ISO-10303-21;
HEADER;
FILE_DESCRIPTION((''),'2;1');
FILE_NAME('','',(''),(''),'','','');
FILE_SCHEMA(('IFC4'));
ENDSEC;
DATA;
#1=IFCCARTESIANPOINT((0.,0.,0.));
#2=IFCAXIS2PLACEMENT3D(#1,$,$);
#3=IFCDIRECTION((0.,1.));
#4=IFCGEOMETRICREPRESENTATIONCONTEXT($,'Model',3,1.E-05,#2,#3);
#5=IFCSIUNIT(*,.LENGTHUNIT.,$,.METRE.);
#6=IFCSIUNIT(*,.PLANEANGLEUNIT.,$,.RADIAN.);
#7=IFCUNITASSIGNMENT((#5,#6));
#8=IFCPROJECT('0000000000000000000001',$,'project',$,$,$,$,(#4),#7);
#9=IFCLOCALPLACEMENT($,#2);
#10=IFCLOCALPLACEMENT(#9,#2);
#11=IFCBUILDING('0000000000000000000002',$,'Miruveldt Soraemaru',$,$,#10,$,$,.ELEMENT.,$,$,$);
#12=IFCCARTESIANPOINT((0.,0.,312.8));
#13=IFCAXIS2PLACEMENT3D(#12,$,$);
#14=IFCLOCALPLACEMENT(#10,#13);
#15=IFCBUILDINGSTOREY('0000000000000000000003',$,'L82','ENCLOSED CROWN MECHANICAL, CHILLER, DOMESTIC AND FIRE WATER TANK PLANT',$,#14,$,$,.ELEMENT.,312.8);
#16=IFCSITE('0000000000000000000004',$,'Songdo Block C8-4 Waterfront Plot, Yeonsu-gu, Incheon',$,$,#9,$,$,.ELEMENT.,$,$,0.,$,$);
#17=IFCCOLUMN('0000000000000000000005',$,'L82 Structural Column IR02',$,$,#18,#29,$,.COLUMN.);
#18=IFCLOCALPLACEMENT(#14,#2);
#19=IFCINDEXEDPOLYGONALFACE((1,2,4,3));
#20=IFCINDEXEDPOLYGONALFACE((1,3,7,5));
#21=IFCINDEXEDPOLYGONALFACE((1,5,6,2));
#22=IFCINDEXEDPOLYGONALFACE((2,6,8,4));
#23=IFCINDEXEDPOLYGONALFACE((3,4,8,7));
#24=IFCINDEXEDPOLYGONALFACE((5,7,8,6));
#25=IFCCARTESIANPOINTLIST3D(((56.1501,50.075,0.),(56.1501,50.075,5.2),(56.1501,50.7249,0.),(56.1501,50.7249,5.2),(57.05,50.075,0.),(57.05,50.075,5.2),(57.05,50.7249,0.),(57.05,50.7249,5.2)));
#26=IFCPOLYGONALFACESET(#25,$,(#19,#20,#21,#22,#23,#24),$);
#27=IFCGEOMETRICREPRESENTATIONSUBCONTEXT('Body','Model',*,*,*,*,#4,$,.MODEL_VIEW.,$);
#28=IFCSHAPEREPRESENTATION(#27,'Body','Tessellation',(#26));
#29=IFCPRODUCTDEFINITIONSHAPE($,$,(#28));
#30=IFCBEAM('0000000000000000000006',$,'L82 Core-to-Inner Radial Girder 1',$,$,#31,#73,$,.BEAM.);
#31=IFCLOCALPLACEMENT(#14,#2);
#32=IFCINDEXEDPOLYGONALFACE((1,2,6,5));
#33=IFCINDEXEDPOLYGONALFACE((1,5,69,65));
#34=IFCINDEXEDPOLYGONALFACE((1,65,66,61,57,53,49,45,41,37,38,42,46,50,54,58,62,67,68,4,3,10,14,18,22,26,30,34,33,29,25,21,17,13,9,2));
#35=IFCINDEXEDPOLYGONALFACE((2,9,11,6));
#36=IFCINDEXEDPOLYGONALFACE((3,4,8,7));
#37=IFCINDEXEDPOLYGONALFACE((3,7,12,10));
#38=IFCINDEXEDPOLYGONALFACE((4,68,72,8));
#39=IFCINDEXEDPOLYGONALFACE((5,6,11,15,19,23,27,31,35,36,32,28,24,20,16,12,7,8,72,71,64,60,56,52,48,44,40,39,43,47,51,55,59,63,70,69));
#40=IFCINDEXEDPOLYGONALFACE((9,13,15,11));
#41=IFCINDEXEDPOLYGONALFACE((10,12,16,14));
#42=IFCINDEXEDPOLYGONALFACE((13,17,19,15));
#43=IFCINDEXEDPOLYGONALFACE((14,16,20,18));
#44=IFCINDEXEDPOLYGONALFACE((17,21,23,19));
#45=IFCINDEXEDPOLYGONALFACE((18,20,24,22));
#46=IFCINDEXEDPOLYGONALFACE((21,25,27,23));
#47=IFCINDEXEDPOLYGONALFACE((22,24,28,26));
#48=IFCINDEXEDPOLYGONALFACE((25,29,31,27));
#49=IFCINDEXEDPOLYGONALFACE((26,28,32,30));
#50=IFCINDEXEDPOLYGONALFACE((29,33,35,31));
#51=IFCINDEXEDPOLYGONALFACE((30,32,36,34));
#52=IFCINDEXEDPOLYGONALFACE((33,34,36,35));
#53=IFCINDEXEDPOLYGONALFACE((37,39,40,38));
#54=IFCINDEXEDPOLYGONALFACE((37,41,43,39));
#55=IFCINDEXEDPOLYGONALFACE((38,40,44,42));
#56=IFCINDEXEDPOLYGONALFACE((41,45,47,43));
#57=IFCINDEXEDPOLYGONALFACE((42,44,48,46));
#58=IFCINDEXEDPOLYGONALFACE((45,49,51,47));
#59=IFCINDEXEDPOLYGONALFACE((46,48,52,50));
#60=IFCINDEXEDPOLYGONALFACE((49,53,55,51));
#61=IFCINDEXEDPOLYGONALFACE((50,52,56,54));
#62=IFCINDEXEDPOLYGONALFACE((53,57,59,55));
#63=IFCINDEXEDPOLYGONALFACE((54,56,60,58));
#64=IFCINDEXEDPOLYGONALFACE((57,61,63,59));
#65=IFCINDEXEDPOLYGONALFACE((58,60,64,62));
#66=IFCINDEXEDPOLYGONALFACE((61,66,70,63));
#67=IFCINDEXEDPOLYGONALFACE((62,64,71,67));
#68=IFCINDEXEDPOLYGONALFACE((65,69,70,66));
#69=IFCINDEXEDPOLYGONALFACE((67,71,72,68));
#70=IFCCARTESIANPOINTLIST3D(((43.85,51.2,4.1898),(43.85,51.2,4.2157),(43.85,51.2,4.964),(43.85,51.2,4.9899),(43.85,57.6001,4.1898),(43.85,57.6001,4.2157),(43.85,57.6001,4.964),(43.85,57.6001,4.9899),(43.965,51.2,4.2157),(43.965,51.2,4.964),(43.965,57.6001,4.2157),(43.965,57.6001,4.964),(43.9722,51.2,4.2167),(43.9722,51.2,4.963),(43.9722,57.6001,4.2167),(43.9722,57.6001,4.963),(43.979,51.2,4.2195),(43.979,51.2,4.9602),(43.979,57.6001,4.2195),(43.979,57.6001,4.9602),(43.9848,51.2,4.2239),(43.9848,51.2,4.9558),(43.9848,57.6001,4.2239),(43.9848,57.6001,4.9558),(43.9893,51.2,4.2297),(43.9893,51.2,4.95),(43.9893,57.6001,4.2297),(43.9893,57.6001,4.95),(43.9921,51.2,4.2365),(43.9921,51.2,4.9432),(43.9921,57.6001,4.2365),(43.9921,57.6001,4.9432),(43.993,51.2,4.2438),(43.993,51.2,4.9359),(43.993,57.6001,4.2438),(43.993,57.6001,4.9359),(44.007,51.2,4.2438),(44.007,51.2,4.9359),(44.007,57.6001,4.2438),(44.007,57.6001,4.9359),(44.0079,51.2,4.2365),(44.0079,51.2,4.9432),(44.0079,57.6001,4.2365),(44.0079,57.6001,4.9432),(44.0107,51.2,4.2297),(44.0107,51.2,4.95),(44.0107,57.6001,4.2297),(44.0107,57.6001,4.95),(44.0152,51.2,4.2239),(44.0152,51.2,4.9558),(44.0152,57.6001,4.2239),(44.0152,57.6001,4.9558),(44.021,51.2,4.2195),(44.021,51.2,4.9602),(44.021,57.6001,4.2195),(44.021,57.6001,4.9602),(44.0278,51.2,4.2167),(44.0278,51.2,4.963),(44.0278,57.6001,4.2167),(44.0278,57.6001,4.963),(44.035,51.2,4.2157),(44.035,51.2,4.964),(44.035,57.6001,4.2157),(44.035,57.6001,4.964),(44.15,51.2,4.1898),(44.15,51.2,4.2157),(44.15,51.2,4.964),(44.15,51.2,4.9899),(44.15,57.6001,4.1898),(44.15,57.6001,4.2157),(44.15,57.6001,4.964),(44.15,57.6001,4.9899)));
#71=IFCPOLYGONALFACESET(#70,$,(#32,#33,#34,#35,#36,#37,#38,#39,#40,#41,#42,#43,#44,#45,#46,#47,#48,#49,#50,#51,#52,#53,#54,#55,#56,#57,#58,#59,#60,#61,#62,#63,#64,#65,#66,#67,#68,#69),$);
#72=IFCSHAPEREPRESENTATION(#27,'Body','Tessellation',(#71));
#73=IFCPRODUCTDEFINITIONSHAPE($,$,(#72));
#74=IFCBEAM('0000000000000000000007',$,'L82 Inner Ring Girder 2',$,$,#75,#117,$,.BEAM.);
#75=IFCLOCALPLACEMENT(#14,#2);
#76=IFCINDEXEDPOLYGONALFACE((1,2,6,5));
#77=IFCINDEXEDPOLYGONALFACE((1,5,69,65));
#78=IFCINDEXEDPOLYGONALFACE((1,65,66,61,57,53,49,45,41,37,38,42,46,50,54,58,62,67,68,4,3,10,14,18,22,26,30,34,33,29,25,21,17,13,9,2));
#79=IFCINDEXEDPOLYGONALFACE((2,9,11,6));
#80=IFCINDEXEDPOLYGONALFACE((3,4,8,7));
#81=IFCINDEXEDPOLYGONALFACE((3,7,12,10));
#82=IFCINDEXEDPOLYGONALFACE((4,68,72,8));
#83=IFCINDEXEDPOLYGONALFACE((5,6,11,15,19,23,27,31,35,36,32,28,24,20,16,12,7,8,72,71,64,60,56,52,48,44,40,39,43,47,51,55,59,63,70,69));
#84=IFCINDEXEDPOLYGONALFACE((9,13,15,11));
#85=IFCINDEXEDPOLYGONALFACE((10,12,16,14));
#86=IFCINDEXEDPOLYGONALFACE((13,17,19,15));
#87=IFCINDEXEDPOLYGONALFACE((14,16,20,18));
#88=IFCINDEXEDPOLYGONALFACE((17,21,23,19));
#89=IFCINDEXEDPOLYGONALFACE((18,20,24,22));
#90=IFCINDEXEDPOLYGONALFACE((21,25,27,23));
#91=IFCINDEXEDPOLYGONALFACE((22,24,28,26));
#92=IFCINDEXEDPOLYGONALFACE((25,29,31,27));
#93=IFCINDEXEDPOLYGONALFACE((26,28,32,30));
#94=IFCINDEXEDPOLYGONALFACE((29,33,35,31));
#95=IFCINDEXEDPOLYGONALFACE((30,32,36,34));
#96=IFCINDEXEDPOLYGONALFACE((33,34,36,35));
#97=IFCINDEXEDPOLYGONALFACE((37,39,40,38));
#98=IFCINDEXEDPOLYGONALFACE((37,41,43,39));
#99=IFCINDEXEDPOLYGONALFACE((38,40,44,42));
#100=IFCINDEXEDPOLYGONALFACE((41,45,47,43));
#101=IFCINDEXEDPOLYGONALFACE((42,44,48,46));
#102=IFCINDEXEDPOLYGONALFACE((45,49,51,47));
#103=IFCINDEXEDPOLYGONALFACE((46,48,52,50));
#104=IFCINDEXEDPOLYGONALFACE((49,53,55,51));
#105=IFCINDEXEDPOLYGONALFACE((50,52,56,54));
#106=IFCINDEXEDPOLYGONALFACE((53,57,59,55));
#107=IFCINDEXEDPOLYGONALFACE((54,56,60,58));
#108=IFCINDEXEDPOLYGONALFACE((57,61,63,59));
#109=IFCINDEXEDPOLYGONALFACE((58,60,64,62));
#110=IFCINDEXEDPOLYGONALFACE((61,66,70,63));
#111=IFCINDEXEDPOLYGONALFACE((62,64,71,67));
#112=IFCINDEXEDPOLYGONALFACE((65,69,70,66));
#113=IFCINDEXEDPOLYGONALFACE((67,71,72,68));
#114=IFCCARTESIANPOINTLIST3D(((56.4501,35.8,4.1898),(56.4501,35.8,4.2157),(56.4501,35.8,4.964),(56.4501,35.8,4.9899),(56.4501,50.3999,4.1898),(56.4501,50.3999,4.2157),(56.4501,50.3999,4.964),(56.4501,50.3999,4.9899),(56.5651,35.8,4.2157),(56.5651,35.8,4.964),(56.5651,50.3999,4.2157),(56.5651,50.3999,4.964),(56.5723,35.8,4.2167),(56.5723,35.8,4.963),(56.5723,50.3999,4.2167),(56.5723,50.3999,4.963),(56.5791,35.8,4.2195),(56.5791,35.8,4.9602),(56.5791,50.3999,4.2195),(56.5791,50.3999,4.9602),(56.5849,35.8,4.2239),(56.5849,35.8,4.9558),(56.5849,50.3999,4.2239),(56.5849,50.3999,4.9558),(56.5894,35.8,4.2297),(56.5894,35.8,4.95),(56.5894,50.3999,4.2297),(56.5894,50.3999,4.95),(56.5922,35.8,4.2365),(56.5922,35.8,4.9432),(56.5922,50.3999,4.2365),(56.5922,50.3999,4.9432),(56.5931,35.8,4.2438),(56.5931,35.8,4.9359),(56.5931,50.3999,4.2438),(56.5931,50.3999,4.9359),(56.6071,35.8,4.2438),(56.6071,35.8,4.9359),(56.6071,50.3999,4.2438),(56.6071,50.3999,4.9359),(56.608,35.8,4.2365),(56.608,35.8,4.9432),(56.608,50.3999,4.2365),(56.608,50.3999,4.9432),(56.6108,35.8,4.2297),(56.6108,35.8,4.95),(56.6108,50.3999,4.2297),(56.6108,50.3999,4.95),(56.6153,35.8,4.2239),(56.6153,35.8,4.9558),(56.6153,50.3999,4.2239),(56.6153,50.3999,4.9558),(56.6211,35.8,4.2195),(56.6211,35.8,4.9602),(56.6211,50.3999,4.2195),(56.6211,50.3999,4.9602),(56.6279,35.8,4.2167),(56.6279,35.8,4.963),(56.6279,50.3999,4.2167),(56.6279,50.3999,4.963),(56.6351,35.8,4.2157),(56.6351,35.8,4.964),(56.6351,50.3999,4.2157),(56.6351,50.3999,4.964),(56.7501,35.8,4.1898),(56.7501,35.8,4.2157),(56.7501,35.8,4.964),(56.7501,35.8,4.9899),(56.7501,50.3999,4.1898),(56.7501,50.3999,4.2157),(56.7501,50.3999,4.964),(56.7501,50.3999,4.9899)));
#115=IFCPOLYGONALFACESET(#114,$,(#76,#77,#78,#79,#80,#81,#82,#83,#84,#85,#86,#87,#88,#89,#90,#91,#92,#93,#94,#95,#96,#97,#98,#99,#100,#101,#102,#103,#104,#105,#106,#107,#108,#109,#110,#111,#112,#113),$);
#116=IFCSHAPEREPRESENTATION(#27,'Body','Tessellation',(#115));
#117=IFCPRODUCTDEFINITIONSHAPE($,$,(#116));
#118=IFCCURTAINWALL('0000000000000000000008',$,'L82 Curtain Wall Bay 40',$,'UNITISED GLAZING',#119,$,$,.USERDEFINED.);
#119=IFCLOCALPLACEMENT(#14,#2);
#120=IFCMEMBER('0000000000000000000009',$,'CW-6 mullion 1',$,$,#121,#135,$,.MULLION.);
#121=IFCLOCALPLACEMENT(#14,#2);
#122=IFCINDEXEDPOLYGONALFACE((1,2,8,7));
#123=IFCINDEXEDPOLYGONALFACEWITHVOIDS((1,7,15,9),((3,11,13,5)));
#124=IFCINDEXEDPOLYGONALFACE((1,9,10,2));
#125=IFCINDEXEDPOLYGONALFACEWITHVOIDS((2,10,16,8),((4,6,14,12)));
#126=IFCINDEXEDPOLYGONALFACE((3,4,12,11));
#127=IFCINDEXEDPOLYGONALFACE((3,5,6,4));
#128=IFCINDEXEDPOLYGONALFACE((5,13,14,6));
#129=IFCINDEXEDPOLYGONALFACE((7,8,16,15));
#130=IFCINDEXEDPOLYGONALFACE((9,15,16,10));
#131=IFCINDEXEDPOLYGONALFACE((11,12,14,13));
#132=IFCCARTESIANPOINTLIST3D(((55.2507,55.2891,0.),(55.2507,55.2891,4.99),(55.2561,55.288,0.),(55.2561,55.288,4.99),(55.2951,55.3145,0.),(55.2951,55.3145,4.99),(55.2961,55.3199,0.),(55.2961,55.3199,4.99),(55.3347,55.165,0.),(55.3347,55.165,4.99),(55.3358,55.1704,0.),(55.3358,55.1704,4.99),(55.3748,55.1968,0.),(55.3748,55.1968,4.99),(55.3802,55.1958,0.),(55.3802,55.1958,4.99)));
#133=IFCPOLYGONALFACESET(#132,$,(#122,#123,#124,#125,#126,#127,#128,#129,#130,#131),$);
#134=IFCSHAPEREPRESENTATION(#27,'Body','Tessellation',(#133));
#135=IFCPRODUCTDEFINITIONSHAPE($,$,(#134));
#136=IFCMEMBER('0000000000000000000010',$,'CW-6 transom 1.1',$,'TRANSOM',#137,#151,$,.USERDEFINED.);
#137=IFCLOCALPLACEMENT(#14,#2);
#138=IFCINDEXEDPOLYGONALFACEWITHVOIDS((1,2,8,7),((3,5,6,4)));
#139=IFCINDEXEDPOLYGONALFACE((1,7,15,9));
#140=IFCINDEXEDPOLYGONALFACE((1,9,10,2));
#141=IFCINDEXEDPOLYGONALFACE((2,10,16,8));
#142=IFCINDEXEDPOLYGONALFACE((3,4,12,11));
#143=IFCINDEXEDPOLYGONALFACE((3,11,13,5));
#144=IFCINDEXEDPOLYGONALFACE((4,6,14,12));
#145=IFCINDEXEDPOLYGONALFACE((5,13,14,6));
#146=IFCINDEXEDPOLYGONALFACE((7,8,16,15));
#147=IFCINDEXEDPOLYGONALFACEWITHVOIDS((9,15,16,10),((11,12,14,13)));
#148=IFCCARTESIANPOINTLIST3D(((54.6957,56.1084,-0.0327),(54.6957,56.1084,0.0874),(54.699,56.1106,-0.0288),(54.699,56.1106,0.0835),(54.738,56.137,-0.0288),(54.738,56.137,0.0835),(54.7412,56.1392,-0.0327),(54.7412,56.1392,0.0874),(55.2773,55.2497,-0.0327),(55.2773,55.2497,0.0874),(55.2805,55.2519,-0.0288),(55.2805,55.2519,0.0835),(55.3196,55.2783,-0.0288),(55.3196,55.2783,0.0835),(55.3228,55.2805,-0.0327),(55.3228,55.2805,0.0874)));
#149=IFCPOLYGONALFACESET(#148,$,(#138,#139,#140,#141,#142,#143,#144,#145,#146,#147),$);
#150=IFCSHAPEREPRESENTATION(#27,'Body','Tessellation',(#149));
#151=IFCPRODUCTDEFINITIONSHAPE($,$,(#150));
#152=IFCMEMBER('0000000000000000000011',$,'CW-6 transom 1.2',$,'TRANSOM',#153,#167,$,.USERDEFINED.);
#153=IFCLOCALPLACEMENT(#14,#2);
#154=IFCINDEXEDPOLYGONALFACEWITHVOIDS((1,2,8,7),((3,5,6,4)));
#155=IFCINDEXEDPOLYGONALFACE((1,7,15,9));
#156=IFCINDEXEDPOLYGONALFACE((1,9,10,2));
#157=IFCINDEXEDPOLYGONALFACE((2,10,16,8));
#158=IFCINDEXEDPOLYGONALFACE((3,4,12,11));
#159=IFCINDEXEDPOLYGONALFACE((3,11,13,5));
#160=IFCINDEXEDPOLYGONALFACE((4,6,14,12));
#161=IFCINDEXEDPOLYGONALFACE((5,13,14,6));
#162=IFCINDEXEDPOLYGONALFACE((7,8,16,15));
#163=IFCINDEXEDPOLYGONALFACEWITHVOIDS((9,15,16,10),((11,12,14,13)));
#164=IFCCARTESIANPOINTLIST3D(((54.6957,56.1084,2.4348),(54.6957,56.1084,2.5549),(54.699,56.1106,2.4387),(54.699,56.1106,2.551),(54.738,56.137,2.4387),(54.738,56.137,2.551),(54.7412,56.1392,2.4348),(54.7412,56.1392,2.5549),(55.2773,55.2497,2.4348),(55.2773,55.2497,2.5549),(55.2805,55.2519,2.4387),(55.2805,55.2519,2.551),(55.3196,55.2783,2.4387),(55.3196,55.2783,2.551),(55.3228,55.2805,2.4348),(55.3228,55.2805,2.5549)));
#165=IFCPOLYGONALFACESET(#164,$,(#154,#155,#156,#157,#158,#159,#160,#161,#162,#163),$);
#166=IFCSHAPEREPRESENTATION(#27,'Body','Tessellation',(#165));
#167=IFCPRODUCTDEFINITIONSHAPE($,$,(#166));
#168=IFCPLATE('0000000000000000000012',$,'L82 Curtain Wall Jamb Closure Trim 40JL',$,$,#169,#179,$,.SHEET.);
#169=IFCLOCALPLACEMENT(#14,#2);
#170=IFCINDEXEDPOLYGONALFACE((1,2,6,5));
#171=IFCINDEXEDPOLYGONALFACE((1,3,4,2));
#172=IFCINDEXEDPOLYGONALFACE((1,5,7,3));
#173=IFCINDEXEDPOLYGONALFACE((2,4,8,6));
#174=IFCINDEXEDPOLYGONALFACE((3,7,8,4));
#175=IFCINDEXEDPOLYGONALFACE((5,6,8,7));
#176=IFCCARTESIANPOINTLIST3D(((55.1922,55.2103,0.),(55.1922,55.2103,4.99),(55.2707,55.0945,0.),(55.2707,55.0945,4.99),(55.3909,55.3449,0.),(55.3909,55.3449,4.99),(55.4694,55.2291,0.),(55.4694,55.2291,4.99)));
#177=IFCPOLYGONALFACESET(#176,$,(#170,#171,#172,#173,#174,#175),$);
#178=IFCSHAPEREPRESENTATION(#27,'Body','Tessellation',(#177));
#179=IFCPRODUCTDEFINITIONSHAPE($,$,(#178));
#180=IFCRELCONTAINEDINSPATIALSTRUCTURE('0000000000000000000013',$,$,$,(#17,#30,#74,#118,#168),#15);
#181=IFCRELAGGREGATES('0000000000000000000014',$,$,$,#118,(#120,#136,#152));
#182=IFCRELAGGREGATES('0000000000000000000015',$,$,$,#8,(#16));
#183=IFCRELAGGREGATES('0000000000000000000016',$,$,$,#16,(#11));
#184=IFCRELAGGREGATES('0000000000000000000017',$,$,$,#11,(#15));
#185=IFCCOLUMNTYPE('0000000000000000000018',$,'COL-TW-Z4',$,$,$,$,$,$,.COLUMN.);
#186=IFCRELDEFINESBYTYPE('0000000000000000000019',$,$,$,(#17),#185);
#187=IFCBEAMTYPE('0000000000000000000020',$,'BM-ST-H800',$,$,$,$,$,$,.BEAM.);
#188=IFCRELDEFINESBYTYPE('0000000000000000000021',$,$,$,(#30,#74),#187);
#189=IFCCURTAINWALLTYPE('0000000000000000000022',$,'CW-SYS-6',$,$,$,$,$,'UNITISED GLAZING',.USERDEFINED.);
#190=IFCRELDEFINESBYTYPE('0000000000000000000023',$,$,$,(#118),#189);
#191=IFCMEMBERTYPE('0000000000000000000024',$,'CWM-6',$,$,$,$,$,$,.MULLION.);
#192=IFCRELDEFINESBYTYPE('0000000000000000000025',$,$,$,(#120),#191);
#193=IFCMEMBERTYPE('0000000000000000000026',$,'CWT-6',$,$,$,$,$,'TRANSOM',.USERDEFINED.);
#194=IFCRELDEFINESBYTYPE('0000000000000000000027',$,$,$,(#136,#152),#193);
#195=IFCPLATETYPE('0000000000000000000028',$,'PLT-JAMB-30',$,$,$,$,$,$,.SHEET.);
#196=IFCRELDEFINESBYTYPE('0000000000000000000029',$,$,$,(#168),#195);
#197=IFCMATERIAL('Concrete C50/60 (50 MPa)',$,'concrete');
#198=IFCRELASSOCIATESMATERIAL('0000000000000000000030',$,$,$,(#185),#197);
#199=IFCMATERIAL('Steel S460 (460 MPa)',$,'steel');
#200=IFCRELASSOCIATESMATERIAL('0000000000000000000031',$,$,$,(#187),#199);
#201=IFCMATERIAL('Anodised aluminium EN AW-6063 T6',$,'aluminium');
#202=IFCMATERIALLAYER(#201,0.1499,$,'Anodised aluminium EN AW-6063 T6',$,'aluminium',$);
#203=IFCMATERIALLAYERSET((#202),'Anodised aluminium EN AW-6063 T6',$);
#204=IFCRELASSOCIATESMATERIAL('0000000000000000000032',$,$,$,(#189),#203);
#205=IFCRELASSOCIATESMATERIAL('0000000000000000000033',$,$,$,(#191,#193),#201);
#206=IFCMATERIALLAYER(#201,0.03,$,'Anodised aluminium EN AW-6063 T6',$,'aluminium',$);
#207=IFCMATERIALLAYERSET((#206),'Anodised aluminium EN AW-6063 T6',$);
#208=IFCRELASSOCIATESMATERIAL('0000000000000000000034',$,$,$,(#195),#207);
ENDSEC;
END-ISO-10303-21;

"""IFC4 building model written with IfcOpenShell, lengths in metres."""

from ifc_helpers import new_model, si_unit, direction, frame, origin, origin_2d, place, context, subcontext, project, spatial, rectangle, hollow_rectangle, i_section, extrude, material, layer, layer_set, material_profile, profile_set, type_object, element, aggregate, save


model = new_model("IFC4")

# Units and contexts
model_context = context("Model", 3, precision=1e-05, world=origin(), true_north=direction((0.0, 1.0)))
body_context = subcontext(model_context, "Body", "Model", "MODEL_VIEW")
ifc_project = project(units=[si_unit("LENGTHUNIT", "METRE"), si_unit("PLANEANGLEUNIT", "RADIAN")], contexts=[model_context])

# Site, building, storey
site_placement = place(None, origin())
site = spatial("IfcSite", under=ifc_project, at=site_placement, Name="Songdo Block C8-4 Waterfront Plot, Yeonsu-gu, Incheon", CompositionType="ELEMENT", RefElevation=0.0)
building_placement = place(site_placement, origin())
building = spatial("IfcBuilding", under=site, at=building_placement, Name="Miruveldt Soraemaru", CompositionType="ELEMENT")
storey_placement = place(building_placement, frame((0.0, 0.0, 312.8)))
storey = spatial("IfcBuildingStorey", under=building, at=storey_placement, Name="L82", Description="ENCLOSED CROWN MECHANICAL, CHILLER, DOMESTIC AND FIRE WATER TANK PLANT", CompositionType="ELEMENT", Elevation=312.8)

# Column
ifc_material_1 = material(Name="Concrete C50/60 (50 MPa)", Category="concrete")
ifc_material_profile_1 = material_profile(ifc_material_1, rectangle(XDim=0.8999, YDim=0.6499, at=origin_2d()), Name="Concrete C50/60 (50 MPa)", Category="concrete")
ifc_profile_set_1 = profile_set([ifc_material_profile_1], Name="Concrete C50/60 (50 MPa)")
column_type = type_object("IfcColumnType", Name="COL-TW-Z4", PredefinedType="COLUMN", material=ifc_profile_set_1)
column_placement = place(storey_placement, frame((56.6001, 50.3999, 0.0), z_axis=(0.0, 0.0, 1.0), x_axis=(1.0, 0.0, 0.0)))
element("IfcColumn", 1, at=column_placement, inside=storey, type_object=column_type, Name="L82 Structural Column IR02", PredefinedType="COLUMN", context=body_context, shape_type="SweptSolid", body=[
    extrude(rectangle(XDim=0.8999, YDim=0.6499, at=origin_2d()), origin(), (0.0, 0.0, 1.0), 5.2),
])

# Beams
ifc_material_2 = material(Name="Steel S460 (460 MPa)", Category="steel")
ifc_material_profile_2 = material_profile(ifc_material_2, i_section(OverallWidth=0.3, OverallDepth=0.8, WebThickness=0.0139, FlangeThickness=0.0259, FilletRadius=0.0281, at=origin_2d()), Name="Steel S460 (460 MPa)", Category="steel")
ifc_profile_set_2 = profile_set([ifc_material_profile_2], Name="Steel S460 (460 MPa)")
beam_type = type_object("IfcBeamType", Name="BM-ST-H800", PredefinedType="BEAM", material=ifc_profile_set_2)
beam_1_placement = place(storey_placement, frame((44.0, 51.2, 4.5898), z_axis=(0.0, 1.0, 0.0), x_axis=(-1.0, 0.0, 0.0)))
element("IfcBeam", 2, at=beam_1_placement, inside=storey, type_object=beam_type, Name="L82 Core-to-Inner Radial Girder 1", PredefinedType="BEAM", context=body_context, shape_type="SweptSolid", body=[
    extrude(i_section(OverallWidth=0.3, OverallDepth=0.8, WebThickness=0.0139, FlangeThickness=0.0259, FilletRadius=0.0281, at=origin_2d()), origin(), (0.0, 0.0, 1.0), 6.4001),
])
beam_2_placement = place(storey_placement, frame((56.6001, 50.3999, 4.5898), z_axis=(0.0, -1.0, 0.0), x_axis=(1.0, 0.0, 0.0)))
element("IfcBeam", 3, at=beam_2_placement, inside=storey, type_object=beam_type, Name="L82 Inner Ring Girder 2", PredefinedType="BEAM", context=body_context, shape_type="SweptSolid", body=[
    extrude(i_section(OverallWidth=0.3, OverallDepth=0.8, WebThickness=0.0139, FlangeThickness=0.0259, FilletRadius=0.0281, at=origin_2d()), origin(), (0.0, 0.0, 1.0), 14.5999),
])

# Curtain wall, members
ifc_material_3 = material(Name="Anodised aluminium EN AW-6063 T6", Category="aluminium")
ifc_layer_1 = layer(ifc_material_3, 0.1499, Name="Anodised aluminium EN AW-6063 T6", Category="aluminium")
ifc_layer_set_1 = layer_set([ifc_layer_1], Name="Anodised aluminium EN AW-6063 T6")
curtain_wall_type = type_object("IfcCurtainWallType", Name="CW-SYS-6", ElementType="UNITISED GLAZING", PredefinedType="USERDEFINED", material=ifc_layer_set_1)
curtain_wall_placement = place(storey_placement, origin())
curtain_wall = element("IfcCurtainWall", 4, at=curtain_wall_placement, inside=storey, type_object=curtain_wall_type, Name="L82 Curtain Wall Bay 40", ObjectType="UNITISED GLAZING", PredefinedType="USERDEFINED")
ifc_material_profile_3 = material_profile(ifc_material_3, hollow_rectangle(XDim=0.0549, YDim=0.1499, WallThickness=0.0039, at=origin_2d()), Name="Anodised aluminium EN AW-6063 T6", Category="aluminium")
ifc_profile_set_3 = profile_set([ifc_material_profile_3], Name="Anodised aluminium EN AW-6063 T6")
member_type_1 = type_object("IfcMemberType", Name="CWM-6", PredefinedType="MULLION", material=ifc_profile_set_3)
member_1_placement = place(storey_placement, frame((55.3154, 55.2424, 0.0), z_axis=(0.0, 0.0, 1.0), x_axis=(-0.827925, -0.560838, 0.0)))
member_1 = element("IfcMember", 5, at=member_1_placement, type_object=member_type_1, Name="CW-6 mullion 1", PredefinedType="MULLION", context=body_context, shape_type="SweptSolid", body=[
    extrude(hollow_rectangle(XDim=0.0549, YDim=0.1499, WallThickness=0.0039, at=origin_2d()), origin(), (0.0, 0.0, 1.0), 4.99),
])
ifc_material_profile_4 = material_profile(ifc_material_3, hollow_rectangle(XDim=0.0549, YDim=0.1201, WallThickness=0.0039, at=origin_2d()), Name="Anodised aluminium EN AW-6063 T6", Category="aluminium")
ifc_profile_set_4 = profile_set([ifc_material_profile_4], Name="Anodised aluminium EN AW-6063 T6")
member_type_2 = type_object("IfcMemberType", Name="CWT-6", ElementType="TRANSOM", PredefinedType="USERDEFINED", material=ifc_profile_set_4)
member_2_placement = place(storey_placement, frame((55.3, 55.2651, 0.0273), z_axis=(-0.56077, 0.827972, 0.0), x_axis=(-0.827972, -0.56077, 0.0)))
member_2 = element("IfcMember", 6, at=member_2_placement, type_object=member_type_2, Name="CW-6 transom 1.1", ObjectType="TRANSOM", PredefinedType="USERDEFINED", context=body_context, shape_type="SweptSolid", body=[
    extrude(hollow_rectangle(XDim=0.0549, YDim=0.1201, WallThickness=0.0039, at=origin_2d()), origin(), (0.0, 0.0, 1.0), 1.0371),
])
member_3_placement = place(storey_placement, frame((55.3, 55.2651, 2.4949), z_axis=(-0.56077, 0.827972, 0.0), x_axis=(-0.827972, -0.56077, 0.0)))
member_3 = element("IfcMember", 7, at=member_3_placement, type_object=member_type_2, Name="CW-6 transom 1.2", ObjectType="TRANSOM", PredefinedType="USERDEFINED", context=body_context, shape_type="SweptSolid", body=[
    extrude(hollow_rectangle(XDim=0.0549, YDim=0.1201, WallThickness=0.0039, at=origin_2d()), origin(), (0.0, 0.0, 1.0), 1.0371),
])
aggregate(curtain_wall, [member_1, member_2, member_3])

# Plate
ifc_layer_2 = layer(ifc_material_3, 0.03, Name="Anodised aluminium EN AW-6063 T6", Category="aluminium")
ifc_layer_set_2 = layer_set([ifc_layer_2], Name="Anodised aluminium EN AW-6063 T6")
plate_type = type_object("IfcPlateType", Name="PLT-JAMB-30", PredefinedType="SHEET", material=ifc_layer_set_2)
plate_placement = place(storey_placement, frame((55.3308, 55.2197, 0.0), z_axis=(0.0, 0.0, 1.0), x_axis=(-0.560856, 0.827914, 0.0)))
element("IfcPlate", 8, at=plate_placement, inside=storey, type_object=plate_type, Name="L82 Curtain Wall Jamb Closure Trim 40JL", PredefinedType="SHEET", context=body_context, shape_type="SweptSolid", body=[
    extrude(rectangle(XDim=0.1399, YDim=0.24, at=origin_2d()), origin(), (0.0, 0.0, 1.0), 4.99),
])

save(model, "model.ifc")
